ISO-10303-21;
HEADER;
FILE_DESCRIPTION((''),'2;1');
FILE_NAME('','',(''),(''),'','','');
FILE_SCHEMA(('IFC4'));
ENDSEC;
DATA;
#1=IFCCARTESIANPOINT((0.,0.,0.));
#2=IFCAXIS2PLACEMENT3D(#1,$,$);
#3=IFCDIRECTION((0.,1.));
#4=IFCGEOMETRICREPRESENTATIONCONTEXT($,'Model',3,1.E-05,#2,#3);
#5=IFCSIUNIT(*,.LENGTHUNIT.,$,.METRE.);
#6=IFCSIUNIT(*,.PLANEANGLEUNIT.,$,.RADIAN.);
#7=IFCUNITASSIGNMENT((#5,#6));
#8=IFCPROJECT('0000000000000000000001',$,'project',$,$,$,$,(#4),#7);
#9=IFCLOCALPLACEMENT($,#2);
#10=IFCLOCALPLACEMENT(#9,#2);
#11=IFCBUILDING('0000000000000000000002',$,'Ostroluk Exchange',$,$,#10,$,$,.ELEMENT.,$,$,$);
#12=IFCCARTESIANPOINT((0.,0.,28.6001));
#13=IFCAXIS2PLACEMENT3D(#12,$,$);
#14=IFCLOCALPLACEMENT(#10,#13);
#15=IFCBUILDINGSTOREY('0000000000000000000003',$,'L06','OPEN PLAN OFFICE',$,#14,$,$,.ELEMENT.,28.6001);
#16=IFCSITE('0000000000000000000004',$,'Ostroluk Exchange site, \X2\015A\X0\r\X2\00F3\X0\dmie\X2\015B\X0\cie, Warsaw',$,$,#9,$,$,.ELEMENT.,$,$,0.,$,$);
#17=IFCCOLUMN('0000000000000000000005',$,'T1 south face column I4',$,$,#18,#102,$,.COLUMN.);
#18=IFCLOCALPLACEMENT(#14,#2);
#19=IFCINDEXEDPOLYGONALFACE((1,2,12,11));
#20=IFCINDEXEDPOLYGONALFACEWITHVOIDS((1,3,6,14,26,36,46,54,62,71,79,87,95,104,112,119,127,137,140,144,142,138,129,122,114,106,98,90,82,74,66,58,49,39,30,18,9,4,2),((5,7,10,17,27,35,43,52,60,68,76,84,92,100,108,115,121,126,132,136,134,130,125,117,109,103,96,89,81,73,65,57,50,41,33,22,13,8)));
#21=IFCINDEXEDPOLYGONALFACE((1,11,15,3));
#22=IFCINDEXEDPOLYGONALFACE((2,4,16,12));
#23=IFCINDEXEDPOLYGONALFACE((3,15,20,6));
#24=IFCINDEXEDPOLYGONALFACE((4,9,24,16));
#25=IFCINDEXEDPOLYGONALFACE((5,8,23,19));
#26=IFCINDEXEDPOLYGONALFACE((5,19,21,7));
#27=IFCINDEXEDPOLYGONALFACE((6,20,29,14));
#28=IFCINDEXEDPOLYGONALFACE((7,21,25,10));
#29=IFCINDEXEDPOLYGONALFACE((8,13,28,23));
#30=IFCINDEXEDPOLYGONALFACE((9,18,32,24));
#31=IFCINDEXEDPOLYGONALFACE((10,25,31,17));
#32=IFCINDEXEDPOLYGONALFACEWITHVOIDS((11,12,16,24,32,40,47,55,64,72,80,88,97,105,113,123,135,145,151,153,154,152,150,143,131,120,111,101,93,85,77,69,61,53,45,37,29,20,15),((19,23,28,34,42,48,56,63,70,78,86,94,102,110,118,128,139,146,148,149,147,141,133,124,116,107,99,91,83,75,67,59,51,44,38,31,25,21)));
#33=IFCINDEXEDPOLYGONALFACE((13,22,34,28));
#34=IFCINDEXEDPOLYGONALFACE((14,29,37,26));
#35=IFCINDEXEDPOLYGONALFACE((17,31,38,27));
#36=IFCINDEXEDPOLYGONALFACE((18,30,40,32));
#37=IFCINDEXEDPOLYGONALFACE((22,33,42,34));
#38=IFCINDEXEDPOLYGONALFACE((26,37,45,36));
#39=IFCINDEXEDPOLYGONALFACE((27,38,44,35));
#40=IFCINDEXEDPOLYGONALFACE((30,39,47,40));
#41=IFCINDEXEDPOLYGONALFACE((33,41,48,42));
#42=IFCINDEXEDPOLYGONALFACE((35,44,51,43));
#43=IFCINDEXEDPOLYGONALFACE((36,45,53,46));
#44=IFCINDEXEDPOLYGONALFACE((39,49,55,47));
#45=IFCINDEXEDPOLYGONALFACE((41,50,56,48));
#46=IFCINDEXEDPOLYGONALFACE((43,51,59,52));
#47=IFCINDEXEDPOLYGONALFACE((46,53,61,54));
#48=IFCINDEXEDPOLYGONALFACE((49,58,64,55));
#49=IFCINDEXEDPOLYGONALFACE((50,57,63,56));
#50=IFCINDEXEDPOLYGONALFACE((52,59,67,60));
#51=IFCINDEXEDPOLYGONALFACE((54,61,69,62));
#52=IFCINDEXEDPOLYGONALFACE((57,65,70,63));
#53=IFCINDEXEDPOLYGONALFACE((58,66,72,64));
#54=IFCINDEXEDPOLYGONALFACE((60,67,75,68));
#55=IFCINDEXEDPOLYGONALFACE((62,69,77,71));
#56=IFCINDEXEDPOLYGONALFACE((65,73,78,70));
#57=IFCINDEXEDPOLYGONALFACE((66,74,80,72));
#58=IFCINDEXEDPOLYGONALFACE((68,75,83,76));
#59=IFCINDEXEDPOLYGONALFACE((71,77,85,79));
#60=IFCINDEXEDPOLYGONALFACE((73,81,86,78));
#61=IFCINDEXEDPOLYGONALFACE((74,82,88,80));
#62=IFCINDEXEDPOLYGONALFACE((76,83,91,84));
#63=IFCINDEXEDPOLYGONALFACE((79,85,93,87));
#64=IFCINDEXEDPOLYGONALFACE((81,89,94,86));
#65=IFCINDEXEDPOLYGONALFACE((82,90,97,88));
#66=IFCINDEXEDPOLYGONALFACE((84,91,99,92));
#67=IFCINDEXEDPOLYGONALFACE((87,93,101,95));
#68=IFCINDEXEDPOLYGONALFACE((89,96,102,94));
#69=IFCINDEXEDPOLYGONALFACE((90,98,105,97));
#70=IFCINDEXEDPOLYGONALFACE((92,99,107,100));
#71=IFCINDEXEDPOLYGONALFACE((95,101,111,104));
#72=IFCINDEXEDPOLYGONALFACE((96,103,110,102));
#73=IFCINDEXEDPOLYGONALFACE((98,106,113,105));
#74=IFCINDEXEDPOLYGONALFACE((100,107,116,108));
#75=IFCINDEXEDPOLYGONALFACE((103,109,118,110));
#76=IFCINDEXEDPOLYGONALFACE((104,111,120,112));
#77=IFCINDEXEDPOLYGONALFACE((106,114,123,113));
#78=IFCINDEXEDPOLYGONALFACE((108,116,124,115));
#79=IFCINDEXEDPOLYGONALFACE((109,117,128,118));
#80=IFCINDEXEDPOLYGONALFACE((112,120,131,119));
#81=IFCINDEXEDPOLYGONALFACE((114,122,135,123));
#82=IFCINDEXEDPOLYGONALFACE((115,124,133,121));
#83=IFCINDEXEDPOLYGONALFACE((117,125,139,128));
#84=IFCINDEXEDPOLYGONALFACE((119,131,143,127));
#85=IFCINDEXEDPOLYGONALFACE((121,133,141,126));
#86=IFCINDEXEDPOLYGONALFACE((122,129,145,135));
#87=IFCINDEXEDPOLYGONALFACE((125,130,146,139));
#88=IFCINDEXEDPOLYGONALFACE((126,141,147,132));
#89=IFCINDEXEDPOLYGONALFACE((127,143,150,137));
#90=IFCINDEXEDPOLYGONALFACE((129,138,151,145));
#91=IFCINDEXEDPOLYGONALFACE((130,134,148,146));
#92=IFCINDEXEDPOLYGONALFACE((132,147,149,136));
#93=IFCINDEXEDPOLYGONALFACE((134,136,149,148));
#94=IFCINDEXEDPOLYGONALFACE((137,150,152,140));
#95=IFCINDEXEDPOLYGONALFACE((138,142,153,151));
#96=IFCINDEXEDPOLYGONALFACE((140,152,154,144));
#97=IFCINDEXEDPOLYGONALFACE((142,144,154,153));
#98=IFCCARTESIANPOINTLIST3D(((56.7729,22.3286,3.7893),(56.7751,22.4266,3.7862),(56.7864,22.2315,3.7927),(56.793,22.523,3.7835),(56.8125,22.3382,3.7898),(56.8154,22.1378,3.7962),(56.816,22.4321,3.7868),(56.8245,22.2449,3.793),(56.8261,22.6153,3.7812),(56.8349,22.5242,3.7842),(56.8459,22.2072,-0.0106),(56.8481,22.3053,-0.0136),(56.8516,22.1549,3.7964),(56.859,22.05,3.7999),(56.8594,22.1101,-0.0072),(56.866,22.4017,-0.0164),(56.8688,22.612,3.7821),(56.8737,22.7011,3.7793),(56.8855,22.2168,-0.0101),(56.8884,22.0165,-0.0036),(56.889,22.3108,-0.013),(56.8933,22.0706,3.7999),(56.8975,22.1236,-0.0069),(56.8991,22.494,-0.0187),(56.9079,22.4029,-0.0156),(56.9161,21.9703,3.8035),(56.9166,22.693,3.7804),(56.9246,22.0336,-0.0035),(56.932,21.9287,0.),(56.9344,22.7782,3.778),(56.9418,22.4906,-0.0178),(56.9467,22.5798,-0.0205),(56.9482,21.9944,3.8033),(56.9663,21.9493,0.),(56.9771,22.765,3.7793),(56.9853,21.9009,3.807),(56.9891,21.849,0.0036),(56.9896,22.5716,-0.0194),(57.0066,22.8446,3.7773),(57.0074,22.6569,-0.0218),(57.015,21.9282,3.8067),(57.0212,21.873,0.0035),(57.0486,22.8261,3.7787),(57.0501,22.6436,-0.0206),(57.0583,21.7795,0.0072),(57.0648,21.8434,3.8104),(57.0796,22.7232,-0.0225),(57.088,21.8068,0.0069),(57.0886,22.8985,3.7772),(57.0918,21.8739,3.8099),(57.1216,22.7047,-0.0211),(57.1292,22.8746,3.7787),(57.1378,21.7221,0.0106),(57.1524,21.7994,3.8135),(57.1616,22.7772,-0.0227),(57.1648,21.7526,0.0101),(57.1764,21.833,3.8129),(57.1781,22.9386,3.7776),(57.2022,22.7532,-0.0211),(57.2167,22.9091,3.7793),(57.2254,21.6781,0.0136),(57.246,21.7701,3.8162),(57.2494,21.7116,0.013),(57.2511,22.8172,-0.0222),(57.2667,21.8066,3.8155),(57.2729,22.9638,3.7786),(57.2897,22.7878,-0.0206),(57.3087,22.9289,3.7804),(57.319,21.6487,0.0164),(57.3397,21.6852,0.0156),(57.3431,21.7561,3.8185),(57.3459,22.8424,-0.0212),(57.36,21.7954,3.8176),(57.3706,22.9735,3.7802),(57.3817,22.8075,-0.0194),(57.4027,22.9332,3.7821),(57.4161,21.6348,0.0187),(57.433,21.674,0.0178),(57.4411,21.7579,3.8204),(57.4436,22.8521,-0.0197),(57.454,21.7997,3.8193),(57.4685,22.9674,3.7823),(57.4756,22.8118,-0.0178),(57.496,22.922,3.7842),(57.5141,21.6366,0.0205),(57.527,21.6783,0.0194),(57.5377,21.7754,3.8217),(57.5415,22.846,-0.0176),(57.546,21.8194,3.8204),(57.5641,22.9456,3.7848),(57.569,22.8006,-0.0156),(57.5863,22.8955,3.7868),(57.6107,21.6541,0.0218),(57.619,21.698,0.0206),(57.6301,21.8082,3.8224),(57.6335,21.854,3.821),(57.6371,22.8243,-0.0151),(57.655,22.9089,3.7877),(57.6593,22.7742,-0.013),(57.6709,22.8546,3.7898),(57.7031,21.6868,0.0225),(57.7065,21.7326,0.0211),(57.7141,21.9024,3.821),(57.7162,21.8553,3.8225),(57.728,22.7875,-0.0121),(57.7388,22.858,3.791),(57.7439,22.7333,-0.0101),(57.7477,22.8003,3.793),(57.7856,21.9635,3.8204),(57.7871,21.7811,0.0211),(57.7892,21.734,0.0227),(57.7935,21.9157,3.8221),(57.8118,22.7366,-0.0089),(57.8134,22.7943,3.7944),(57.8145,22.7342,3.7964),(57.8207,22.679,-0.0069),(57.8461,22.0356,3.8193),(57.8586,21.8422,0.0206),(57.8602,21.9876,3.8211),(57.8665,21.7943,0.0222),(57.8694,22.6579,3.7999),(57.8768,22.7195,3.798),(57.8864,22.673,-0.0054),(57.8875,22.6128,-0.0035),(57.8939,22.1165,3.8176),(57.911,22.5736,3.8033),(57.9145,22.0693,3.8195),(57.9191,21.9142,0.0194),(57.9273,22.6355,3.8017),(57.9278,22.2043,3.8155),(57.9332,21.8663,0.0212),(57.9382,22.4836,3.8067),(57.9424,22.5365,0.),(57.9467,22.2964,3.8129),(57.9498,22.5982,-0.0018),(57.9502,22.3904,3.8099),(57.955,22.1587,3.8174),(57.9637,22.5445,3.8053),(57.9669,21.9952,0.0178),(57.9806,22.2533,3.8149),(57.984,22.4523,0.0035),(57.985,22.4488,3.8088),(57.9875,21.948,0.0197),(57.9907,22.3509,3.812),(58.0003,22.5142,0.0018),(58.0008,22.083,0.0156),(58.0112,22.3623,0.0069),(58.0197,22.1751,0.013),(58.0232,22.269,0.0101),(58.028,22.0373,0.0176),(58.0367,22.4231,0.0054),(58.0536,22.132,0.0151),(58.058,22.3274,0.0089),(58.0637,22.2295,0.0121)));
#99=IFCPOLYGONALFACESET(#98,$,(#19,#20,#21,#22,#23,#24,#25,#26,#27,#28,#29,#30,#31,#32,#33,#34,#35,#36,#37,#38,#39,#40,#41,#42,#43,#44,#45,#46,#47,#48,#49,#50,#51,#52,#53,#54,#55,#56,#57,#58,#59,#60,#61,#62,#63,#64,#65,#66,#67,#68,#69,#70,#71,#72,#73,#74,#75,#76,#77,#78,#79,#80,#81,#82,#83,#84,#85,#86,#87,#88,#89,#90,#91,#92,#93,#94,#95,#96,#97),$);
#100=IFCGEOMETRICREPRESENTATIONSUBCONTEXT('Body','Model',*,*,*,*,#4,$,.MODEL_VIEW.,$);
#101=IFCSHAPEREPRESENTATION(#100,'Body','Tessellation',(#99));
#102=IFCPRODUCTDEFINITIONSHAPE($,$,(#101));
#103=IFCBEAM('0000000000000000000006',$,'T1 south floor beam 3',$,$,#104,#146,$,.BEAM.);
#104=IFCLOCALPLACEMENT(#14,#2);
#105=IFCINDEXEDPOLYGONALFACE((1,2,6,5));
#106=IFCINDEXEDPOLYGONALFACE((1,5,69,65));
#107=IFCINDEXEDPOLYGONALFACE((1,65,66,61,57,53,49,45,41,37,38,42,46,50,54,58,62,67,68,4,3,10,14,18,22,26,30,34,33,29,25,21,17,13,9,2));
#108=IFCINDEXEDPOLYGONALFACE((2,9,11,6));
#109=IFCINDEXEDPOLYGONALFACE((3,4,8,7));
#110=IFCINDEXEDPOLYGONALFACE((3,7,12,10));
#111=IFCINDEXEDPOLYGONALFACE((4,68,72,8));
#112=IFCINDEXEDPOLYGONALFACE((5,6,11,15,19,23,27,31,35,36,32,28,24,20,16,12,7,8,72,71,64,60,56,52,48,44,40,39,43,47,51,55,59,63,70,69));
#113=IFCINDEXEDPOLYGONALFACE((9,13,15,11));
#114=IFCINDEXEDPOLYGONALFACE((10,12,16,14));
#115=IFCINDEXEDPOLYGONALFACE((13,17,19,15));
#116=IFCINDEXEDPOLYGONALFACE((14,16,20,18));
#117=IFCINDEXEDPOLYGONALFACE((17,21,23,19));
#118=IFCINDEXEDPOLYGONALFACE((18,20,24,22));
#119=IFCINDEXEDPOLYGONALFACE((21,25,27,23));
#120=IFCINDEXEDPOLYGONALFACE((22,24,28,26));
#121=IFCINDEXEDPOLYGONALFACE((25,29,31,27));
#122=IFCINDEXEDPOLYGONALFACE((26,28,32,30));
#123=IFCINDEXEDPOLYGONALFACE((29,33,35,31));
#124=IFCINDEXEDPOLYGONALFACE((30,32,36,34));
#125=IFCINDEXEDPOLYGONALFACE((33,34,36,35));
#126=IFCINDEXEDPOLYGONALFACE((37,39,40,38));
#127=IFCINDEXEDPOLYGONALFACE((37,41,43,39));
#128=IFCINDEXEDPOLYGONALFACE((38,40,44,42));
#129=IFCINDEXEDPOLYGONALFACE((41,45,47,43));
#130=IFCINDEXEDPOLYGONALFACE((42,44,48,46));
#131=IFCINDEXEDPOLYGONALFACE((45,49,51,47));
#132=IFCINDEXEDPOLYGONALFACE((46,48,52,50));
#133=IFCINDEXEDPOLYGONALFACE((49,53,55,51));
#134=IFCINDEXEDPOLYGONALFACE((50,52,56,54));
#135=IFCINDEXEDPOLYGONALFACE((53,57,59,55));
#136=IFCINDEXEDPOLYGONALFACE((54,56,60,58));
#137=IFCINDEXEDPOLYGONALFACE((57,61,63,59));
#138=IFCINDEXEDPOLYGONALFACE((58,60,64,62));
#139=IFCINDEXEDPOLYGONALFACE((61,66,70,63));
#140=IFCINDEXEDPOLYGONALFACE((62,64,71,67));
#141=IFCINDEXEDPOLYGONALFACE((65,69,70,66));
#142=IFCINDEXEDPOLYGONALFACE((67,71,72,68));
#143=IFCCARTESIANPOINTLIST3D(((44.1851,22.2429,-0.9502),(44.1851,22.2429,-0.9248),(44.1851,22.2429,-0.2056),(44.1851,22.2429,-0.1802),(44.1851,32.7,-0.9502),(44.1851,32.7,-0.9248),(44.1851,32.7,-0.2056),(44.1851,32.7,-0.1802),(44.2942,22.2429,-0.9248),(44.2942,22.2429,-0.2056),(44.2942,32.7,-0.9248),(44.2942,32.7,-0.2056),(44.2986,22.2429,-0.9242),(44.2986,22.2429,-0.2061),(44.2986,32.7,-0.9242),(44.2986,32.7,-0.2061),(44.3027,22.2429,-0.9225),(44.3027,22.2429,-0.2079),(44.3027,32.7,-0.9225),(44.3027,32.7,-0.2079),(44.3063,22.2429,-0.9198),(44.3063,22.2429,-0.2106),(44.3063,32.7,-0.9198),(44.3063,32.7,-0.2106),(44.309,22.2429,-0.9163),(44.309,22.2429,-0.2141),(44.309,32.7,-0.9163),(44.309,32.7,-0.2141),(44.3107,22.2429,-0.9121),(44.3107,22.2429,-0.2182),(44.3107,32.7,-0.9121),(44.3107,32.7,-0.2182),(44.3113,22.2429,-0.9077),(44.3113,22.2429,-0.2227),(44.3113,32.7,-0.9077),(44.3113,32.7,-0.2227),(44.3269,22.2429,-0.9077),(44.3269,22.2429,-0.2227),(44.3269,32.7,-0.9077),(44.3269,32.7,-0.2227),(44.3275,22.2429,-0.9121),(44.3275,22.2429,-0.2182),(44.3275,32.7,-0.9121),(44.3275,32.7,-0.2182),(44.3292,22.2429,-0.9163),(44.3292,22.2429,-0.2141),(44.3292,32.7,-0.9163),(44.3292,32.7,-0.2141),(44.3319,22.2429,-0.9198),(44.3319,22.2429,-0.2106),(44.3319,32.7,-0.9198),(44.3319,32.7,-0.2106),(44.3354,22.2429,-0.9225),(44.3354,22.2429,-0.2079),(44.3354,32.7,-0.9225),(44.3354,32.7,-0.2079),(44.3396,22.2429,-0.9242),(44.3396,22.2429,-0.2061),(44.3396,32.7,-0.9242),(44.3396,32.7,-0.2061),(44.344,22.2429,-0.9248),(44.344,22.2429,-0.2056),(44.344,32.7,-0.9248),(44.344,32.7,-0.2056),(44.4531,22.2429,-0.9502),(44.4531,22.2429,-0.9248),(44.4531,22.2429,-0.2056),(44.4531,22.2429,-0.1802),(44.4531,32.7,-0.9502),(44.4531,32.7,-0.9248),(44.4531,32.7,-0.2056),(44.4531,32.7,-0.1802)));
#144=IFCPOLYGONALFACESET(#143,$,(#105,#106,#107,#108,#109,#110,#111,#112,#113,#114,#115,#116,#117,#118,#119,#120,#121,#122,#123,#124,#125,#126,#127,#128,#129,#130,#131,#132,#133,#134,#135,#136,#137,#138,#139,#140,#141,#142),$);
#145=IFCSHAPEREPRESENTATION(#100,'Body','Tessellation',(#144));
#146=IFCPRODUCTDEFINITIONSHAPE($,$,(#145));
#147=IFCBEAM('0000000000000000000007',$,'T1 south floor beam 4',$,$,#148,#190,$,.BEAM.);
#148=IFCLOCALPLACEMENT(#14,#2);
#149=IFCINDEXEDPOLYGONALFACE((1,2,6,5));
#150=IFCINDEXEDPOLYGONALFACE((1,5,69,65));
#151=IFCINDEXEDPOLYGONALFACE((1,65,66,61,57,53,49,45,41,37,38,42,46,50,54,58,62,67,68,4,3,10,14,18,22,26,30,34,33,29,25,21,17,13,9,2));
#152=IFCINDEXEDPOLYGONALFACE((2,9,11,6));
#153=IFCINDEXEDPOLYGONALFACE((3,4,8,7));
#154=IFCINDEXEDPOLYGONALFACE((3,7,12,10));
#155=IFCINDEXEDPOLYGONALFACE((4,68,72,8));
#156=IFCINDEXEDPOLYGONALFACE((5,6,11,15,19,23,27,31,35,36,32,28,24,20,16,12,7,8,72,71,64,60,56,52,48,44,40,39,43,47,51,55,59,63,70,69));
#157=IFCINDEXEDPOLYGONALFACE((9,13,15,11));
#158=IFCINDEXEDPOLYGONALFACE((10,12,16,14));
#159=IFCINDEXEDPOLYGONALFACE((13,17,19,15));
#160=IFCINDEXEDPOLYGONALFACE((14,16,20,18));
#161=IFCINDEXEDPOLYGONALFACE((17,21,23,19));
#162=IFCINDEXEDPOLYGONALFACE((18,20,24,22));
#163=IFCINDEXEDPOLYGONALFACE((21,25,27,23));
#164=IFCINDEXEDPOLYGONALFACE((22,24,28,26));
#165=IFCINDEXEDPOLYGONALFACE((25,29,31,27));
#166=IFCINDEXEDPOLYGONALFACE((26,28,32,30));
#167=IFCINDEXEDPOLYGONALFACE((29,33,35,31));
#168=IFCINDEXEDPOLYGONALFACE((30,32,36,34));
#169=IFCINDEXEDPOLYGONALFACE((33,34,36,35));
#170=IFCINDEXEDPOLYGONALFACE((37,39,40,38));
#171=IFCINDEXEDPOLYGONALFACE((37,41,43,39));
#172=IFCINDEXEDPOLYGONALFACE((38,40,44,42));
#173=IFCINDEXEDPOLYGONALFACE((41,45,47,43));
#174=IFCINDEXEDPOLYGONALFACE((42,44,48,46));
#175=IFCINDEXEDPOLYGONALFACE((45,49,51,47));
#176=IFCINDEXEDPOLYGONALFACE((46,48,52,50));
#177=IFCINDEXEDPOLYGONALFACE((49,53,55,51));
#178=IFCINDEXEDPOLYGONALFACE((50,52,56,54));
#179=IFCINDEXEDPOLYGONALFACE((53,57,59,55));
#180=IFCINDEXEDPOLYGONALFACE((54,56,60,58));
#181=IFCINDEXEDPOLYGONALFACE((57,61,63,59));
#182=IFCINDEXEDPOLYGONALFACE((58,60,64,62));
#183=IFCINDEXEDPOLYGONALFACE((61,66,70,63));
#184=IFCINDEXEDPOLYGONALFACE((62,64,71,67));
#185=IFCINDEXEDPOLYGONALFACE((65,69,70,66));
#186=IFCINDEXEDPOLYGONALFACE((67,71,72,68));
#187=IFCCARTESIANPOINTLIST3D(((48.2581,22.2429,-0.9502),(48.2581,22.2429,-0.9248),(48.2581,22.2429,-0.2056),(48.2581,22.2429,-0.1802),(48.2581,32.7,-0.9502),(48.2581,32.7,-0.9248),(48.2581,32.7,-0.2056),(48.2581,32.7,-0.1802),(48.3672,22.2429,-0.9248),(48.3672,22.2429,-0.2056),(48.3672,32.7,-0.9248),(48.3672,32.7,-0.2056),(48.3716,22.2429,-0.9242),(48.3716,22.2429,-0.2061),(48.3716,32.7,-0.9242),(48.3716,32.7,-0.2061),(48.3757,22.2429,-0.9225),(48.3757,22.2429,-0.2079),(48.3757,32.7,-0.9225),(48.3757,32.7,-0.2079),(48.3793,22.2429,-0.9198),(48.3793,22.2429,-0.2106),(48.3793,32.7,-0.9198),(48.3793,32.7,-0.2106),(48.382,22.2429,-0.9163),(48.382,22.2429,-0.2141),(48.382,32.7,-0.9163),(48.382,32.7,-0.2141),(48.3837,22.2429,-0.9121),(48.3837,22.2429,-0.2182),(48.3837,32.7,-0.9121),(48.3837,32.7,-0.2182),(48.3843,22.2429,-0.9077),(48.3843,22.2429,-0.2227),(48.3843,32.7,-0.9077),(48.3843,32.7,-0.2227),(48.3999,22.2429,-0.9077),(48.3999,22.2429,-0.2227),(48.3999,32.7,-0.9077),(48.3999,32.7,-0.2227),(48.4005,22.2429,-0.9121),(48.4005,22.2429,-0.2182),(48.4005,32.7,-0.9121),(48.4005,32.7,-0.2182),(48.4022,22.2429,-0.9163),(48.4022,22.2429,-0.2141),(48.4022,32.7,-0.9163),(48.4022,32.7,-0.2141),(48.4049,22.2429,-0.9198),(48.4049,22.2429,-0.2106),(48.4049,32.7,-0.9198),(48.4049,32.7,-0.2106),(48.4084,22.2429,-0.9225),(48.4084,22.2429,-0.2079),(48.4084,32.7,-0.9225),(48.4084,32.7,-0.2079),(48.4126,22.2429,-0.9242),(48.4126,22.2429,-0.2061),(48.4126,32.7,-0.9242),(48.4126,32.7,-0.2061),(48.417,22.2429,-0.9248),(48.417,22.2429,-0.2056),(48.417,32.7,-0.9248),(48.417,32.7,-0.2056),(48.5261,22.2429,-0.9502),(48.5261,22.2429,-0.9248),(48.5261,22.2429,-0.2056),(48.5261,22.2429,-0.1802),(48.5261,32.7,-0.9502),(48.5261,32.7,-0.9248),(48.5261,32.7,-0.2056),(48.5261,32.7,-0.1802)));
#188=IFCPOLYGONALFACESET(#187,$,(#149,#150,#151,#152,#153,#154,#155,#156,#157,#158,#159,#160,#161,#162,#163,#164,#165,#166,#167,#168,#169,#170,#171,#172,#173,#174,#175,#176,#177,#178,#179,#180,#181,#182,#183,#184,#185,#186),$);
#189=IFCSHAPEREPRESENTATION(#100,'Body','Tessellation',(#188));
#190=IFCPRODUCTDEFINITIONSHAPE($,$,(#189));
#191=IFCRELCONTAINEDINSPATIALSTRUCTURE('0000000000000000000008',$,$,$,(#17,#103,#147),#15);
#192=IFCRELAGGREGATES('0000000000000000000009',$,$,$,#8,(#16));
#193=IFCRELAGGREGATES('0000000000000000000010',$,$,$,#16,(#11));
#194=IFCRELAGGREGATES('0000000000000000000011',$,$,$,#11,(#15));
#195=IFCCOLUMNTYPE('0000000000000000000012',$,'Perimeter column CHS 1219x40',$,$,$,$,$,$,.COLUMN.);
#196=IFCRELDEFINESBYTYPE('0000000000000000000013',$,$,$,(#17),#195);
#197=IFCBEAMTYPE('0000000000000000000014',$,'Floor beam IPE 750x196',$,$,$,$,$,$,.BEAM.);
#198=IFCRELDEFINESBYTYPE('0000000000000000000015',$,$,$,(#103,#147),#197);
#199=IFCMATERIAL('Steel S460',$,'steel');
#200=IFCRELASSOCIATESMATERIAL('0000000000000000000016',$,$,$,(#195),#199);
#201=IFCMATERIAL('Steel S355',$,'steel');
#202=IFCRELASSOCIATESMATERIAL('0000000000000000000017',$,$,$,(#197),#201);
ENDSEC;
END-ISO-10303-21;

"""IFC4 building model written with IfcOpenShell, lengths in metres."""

from ifc_helpers import new_model, si_unit, direction, frame, origin, origin_2d, place, context, subcontext, project, spatial, hollow_circle, i_section, extrude, material, material_profile, profile_set, type_object, element, save


model = new_model("IFC4")

# Units and contexts
model_context = context("Model", 3, precision=1e-05, world=origin(), true_north=direction((0.0, 1.0)))
body_context = subcontext(model_context, "Body", "Model", "MODEL_VIEW")
ifc_project = project(units=[si_unit("LENGTHUNIT", "METRE"), si_unit("PLANEANGLEUNIT", "RADIAN")], contexts=[model_context])

# Site, building, storey
site_placement = place(None, origin())
site = spatial("IfcSite", under=ifc_project, at=site_placement, Name="Ostroluk Exchange site, Śródmieście, Warsaw", CompositionType="ELEMENT", RefElevation=0.0)
building_placement = place(site_placement, origin())
building = spatial("IfcBuilding", under=site, at=building_placement, Name="Ostroluk Exchange", CompositionType="ELEMENT")
storey_placement = place(building_placement, frame((0.0, 0.0, 28.6001)))
storey = spatial("IfcBuildingStorey", under=building, at=storey_placement, Name="L06", Description="OPEN PLAN OFFICE", CompositionType="ELEMENT", Elevation=28.6001)

# Column
ifc_material_1 = material(Name="Steel S460", Category="steel")
ifc_material_profile_1 = material_profile(ifc_material_1, hollow_circle(Radius=0.6096, WallThickness=0.04, at=origin_2d()), Name="CHS 1219x40")
ifc_profile_set_1 = profile_set([ifc_material_profile_1], Name="Steel S460")
column_type = type_object("IfcColumnType", Name="Perimeter column CHS 1219x40", PredefinedType="COLUMN", material=ifc_profile_set_1)
column_placement = place(storey_placement, frame((57.4543, 22.2429, 0.0), z_axis=(-0.019198, 0.031911, 0.999306), x_axis=(-0.856884, -0.51551, 0.0)))
element("IfcColumn", 1, at=column_placement, inside=storey, type_object=column_type, Name="T1 south face column I4", PredefinedType="COLUMN", context=body_context, shape_type="SweptSolid", body=[
    extrude(hollow_circle(Radius=0.6096, WallThickness=0.04, at=origin_2d()), origin(), (0.0, 0.0, 1.0), 3.8025),
])

# Beams
ifc_material_2 = material(Name="Steel S355", Category="steel")
ifc_material_profile_2 = material_profile(ifc_material_2, i_section(OverallWidth=0.2681, OverallDepth=0.77, WebThickness=0.0156, FlangeThickness=0.0254, FilletRadius=0.0171, at=origin_2d()), Name="IPE 750x196")
ifc_profile_set_2 = profile_set([ifc_material_profile_2], Name="Steel S355")
beam_type_1 = type_object("IfcBeamType", Name="Floor beam IPE 750x196", PredefinedType="BEAM", material=ifc_profile_set_2)
for number, where, z_axis, x_axis, name in (
    (2, (44.3191, 32.7, -0.5652), (0.0, -1.0, 0.0), (1.0, 0.0, 0.0), "T1 south floor beam 3"),
    (3, (48.3921, 32.7, -0.5652), (0.0, -1.0, 0.0), (1.0, 0.0, 0.0), "T1 south floor beam 4"),
):
    element("IfcBeam", number, at=place(storey_placement, frame(where, z_axis=z_axis, x_axis=x_axis)), inside=storey, type_object=beam_type_1, Name=name, PredefinedType="BEAM", context=body_context, shape_type="SweptSolid", body=[
        extrude(i_section(OverallWidth=0.2681, OverallDepth=0.77, WebThickness=0.0156, FlangeThickness=0.0254, FilletRadius=0.0171, at=origin_2d()), origin(), (0.0, 0.0, 1.0), 10.457),
    ])

save(model, "model.ifc")
